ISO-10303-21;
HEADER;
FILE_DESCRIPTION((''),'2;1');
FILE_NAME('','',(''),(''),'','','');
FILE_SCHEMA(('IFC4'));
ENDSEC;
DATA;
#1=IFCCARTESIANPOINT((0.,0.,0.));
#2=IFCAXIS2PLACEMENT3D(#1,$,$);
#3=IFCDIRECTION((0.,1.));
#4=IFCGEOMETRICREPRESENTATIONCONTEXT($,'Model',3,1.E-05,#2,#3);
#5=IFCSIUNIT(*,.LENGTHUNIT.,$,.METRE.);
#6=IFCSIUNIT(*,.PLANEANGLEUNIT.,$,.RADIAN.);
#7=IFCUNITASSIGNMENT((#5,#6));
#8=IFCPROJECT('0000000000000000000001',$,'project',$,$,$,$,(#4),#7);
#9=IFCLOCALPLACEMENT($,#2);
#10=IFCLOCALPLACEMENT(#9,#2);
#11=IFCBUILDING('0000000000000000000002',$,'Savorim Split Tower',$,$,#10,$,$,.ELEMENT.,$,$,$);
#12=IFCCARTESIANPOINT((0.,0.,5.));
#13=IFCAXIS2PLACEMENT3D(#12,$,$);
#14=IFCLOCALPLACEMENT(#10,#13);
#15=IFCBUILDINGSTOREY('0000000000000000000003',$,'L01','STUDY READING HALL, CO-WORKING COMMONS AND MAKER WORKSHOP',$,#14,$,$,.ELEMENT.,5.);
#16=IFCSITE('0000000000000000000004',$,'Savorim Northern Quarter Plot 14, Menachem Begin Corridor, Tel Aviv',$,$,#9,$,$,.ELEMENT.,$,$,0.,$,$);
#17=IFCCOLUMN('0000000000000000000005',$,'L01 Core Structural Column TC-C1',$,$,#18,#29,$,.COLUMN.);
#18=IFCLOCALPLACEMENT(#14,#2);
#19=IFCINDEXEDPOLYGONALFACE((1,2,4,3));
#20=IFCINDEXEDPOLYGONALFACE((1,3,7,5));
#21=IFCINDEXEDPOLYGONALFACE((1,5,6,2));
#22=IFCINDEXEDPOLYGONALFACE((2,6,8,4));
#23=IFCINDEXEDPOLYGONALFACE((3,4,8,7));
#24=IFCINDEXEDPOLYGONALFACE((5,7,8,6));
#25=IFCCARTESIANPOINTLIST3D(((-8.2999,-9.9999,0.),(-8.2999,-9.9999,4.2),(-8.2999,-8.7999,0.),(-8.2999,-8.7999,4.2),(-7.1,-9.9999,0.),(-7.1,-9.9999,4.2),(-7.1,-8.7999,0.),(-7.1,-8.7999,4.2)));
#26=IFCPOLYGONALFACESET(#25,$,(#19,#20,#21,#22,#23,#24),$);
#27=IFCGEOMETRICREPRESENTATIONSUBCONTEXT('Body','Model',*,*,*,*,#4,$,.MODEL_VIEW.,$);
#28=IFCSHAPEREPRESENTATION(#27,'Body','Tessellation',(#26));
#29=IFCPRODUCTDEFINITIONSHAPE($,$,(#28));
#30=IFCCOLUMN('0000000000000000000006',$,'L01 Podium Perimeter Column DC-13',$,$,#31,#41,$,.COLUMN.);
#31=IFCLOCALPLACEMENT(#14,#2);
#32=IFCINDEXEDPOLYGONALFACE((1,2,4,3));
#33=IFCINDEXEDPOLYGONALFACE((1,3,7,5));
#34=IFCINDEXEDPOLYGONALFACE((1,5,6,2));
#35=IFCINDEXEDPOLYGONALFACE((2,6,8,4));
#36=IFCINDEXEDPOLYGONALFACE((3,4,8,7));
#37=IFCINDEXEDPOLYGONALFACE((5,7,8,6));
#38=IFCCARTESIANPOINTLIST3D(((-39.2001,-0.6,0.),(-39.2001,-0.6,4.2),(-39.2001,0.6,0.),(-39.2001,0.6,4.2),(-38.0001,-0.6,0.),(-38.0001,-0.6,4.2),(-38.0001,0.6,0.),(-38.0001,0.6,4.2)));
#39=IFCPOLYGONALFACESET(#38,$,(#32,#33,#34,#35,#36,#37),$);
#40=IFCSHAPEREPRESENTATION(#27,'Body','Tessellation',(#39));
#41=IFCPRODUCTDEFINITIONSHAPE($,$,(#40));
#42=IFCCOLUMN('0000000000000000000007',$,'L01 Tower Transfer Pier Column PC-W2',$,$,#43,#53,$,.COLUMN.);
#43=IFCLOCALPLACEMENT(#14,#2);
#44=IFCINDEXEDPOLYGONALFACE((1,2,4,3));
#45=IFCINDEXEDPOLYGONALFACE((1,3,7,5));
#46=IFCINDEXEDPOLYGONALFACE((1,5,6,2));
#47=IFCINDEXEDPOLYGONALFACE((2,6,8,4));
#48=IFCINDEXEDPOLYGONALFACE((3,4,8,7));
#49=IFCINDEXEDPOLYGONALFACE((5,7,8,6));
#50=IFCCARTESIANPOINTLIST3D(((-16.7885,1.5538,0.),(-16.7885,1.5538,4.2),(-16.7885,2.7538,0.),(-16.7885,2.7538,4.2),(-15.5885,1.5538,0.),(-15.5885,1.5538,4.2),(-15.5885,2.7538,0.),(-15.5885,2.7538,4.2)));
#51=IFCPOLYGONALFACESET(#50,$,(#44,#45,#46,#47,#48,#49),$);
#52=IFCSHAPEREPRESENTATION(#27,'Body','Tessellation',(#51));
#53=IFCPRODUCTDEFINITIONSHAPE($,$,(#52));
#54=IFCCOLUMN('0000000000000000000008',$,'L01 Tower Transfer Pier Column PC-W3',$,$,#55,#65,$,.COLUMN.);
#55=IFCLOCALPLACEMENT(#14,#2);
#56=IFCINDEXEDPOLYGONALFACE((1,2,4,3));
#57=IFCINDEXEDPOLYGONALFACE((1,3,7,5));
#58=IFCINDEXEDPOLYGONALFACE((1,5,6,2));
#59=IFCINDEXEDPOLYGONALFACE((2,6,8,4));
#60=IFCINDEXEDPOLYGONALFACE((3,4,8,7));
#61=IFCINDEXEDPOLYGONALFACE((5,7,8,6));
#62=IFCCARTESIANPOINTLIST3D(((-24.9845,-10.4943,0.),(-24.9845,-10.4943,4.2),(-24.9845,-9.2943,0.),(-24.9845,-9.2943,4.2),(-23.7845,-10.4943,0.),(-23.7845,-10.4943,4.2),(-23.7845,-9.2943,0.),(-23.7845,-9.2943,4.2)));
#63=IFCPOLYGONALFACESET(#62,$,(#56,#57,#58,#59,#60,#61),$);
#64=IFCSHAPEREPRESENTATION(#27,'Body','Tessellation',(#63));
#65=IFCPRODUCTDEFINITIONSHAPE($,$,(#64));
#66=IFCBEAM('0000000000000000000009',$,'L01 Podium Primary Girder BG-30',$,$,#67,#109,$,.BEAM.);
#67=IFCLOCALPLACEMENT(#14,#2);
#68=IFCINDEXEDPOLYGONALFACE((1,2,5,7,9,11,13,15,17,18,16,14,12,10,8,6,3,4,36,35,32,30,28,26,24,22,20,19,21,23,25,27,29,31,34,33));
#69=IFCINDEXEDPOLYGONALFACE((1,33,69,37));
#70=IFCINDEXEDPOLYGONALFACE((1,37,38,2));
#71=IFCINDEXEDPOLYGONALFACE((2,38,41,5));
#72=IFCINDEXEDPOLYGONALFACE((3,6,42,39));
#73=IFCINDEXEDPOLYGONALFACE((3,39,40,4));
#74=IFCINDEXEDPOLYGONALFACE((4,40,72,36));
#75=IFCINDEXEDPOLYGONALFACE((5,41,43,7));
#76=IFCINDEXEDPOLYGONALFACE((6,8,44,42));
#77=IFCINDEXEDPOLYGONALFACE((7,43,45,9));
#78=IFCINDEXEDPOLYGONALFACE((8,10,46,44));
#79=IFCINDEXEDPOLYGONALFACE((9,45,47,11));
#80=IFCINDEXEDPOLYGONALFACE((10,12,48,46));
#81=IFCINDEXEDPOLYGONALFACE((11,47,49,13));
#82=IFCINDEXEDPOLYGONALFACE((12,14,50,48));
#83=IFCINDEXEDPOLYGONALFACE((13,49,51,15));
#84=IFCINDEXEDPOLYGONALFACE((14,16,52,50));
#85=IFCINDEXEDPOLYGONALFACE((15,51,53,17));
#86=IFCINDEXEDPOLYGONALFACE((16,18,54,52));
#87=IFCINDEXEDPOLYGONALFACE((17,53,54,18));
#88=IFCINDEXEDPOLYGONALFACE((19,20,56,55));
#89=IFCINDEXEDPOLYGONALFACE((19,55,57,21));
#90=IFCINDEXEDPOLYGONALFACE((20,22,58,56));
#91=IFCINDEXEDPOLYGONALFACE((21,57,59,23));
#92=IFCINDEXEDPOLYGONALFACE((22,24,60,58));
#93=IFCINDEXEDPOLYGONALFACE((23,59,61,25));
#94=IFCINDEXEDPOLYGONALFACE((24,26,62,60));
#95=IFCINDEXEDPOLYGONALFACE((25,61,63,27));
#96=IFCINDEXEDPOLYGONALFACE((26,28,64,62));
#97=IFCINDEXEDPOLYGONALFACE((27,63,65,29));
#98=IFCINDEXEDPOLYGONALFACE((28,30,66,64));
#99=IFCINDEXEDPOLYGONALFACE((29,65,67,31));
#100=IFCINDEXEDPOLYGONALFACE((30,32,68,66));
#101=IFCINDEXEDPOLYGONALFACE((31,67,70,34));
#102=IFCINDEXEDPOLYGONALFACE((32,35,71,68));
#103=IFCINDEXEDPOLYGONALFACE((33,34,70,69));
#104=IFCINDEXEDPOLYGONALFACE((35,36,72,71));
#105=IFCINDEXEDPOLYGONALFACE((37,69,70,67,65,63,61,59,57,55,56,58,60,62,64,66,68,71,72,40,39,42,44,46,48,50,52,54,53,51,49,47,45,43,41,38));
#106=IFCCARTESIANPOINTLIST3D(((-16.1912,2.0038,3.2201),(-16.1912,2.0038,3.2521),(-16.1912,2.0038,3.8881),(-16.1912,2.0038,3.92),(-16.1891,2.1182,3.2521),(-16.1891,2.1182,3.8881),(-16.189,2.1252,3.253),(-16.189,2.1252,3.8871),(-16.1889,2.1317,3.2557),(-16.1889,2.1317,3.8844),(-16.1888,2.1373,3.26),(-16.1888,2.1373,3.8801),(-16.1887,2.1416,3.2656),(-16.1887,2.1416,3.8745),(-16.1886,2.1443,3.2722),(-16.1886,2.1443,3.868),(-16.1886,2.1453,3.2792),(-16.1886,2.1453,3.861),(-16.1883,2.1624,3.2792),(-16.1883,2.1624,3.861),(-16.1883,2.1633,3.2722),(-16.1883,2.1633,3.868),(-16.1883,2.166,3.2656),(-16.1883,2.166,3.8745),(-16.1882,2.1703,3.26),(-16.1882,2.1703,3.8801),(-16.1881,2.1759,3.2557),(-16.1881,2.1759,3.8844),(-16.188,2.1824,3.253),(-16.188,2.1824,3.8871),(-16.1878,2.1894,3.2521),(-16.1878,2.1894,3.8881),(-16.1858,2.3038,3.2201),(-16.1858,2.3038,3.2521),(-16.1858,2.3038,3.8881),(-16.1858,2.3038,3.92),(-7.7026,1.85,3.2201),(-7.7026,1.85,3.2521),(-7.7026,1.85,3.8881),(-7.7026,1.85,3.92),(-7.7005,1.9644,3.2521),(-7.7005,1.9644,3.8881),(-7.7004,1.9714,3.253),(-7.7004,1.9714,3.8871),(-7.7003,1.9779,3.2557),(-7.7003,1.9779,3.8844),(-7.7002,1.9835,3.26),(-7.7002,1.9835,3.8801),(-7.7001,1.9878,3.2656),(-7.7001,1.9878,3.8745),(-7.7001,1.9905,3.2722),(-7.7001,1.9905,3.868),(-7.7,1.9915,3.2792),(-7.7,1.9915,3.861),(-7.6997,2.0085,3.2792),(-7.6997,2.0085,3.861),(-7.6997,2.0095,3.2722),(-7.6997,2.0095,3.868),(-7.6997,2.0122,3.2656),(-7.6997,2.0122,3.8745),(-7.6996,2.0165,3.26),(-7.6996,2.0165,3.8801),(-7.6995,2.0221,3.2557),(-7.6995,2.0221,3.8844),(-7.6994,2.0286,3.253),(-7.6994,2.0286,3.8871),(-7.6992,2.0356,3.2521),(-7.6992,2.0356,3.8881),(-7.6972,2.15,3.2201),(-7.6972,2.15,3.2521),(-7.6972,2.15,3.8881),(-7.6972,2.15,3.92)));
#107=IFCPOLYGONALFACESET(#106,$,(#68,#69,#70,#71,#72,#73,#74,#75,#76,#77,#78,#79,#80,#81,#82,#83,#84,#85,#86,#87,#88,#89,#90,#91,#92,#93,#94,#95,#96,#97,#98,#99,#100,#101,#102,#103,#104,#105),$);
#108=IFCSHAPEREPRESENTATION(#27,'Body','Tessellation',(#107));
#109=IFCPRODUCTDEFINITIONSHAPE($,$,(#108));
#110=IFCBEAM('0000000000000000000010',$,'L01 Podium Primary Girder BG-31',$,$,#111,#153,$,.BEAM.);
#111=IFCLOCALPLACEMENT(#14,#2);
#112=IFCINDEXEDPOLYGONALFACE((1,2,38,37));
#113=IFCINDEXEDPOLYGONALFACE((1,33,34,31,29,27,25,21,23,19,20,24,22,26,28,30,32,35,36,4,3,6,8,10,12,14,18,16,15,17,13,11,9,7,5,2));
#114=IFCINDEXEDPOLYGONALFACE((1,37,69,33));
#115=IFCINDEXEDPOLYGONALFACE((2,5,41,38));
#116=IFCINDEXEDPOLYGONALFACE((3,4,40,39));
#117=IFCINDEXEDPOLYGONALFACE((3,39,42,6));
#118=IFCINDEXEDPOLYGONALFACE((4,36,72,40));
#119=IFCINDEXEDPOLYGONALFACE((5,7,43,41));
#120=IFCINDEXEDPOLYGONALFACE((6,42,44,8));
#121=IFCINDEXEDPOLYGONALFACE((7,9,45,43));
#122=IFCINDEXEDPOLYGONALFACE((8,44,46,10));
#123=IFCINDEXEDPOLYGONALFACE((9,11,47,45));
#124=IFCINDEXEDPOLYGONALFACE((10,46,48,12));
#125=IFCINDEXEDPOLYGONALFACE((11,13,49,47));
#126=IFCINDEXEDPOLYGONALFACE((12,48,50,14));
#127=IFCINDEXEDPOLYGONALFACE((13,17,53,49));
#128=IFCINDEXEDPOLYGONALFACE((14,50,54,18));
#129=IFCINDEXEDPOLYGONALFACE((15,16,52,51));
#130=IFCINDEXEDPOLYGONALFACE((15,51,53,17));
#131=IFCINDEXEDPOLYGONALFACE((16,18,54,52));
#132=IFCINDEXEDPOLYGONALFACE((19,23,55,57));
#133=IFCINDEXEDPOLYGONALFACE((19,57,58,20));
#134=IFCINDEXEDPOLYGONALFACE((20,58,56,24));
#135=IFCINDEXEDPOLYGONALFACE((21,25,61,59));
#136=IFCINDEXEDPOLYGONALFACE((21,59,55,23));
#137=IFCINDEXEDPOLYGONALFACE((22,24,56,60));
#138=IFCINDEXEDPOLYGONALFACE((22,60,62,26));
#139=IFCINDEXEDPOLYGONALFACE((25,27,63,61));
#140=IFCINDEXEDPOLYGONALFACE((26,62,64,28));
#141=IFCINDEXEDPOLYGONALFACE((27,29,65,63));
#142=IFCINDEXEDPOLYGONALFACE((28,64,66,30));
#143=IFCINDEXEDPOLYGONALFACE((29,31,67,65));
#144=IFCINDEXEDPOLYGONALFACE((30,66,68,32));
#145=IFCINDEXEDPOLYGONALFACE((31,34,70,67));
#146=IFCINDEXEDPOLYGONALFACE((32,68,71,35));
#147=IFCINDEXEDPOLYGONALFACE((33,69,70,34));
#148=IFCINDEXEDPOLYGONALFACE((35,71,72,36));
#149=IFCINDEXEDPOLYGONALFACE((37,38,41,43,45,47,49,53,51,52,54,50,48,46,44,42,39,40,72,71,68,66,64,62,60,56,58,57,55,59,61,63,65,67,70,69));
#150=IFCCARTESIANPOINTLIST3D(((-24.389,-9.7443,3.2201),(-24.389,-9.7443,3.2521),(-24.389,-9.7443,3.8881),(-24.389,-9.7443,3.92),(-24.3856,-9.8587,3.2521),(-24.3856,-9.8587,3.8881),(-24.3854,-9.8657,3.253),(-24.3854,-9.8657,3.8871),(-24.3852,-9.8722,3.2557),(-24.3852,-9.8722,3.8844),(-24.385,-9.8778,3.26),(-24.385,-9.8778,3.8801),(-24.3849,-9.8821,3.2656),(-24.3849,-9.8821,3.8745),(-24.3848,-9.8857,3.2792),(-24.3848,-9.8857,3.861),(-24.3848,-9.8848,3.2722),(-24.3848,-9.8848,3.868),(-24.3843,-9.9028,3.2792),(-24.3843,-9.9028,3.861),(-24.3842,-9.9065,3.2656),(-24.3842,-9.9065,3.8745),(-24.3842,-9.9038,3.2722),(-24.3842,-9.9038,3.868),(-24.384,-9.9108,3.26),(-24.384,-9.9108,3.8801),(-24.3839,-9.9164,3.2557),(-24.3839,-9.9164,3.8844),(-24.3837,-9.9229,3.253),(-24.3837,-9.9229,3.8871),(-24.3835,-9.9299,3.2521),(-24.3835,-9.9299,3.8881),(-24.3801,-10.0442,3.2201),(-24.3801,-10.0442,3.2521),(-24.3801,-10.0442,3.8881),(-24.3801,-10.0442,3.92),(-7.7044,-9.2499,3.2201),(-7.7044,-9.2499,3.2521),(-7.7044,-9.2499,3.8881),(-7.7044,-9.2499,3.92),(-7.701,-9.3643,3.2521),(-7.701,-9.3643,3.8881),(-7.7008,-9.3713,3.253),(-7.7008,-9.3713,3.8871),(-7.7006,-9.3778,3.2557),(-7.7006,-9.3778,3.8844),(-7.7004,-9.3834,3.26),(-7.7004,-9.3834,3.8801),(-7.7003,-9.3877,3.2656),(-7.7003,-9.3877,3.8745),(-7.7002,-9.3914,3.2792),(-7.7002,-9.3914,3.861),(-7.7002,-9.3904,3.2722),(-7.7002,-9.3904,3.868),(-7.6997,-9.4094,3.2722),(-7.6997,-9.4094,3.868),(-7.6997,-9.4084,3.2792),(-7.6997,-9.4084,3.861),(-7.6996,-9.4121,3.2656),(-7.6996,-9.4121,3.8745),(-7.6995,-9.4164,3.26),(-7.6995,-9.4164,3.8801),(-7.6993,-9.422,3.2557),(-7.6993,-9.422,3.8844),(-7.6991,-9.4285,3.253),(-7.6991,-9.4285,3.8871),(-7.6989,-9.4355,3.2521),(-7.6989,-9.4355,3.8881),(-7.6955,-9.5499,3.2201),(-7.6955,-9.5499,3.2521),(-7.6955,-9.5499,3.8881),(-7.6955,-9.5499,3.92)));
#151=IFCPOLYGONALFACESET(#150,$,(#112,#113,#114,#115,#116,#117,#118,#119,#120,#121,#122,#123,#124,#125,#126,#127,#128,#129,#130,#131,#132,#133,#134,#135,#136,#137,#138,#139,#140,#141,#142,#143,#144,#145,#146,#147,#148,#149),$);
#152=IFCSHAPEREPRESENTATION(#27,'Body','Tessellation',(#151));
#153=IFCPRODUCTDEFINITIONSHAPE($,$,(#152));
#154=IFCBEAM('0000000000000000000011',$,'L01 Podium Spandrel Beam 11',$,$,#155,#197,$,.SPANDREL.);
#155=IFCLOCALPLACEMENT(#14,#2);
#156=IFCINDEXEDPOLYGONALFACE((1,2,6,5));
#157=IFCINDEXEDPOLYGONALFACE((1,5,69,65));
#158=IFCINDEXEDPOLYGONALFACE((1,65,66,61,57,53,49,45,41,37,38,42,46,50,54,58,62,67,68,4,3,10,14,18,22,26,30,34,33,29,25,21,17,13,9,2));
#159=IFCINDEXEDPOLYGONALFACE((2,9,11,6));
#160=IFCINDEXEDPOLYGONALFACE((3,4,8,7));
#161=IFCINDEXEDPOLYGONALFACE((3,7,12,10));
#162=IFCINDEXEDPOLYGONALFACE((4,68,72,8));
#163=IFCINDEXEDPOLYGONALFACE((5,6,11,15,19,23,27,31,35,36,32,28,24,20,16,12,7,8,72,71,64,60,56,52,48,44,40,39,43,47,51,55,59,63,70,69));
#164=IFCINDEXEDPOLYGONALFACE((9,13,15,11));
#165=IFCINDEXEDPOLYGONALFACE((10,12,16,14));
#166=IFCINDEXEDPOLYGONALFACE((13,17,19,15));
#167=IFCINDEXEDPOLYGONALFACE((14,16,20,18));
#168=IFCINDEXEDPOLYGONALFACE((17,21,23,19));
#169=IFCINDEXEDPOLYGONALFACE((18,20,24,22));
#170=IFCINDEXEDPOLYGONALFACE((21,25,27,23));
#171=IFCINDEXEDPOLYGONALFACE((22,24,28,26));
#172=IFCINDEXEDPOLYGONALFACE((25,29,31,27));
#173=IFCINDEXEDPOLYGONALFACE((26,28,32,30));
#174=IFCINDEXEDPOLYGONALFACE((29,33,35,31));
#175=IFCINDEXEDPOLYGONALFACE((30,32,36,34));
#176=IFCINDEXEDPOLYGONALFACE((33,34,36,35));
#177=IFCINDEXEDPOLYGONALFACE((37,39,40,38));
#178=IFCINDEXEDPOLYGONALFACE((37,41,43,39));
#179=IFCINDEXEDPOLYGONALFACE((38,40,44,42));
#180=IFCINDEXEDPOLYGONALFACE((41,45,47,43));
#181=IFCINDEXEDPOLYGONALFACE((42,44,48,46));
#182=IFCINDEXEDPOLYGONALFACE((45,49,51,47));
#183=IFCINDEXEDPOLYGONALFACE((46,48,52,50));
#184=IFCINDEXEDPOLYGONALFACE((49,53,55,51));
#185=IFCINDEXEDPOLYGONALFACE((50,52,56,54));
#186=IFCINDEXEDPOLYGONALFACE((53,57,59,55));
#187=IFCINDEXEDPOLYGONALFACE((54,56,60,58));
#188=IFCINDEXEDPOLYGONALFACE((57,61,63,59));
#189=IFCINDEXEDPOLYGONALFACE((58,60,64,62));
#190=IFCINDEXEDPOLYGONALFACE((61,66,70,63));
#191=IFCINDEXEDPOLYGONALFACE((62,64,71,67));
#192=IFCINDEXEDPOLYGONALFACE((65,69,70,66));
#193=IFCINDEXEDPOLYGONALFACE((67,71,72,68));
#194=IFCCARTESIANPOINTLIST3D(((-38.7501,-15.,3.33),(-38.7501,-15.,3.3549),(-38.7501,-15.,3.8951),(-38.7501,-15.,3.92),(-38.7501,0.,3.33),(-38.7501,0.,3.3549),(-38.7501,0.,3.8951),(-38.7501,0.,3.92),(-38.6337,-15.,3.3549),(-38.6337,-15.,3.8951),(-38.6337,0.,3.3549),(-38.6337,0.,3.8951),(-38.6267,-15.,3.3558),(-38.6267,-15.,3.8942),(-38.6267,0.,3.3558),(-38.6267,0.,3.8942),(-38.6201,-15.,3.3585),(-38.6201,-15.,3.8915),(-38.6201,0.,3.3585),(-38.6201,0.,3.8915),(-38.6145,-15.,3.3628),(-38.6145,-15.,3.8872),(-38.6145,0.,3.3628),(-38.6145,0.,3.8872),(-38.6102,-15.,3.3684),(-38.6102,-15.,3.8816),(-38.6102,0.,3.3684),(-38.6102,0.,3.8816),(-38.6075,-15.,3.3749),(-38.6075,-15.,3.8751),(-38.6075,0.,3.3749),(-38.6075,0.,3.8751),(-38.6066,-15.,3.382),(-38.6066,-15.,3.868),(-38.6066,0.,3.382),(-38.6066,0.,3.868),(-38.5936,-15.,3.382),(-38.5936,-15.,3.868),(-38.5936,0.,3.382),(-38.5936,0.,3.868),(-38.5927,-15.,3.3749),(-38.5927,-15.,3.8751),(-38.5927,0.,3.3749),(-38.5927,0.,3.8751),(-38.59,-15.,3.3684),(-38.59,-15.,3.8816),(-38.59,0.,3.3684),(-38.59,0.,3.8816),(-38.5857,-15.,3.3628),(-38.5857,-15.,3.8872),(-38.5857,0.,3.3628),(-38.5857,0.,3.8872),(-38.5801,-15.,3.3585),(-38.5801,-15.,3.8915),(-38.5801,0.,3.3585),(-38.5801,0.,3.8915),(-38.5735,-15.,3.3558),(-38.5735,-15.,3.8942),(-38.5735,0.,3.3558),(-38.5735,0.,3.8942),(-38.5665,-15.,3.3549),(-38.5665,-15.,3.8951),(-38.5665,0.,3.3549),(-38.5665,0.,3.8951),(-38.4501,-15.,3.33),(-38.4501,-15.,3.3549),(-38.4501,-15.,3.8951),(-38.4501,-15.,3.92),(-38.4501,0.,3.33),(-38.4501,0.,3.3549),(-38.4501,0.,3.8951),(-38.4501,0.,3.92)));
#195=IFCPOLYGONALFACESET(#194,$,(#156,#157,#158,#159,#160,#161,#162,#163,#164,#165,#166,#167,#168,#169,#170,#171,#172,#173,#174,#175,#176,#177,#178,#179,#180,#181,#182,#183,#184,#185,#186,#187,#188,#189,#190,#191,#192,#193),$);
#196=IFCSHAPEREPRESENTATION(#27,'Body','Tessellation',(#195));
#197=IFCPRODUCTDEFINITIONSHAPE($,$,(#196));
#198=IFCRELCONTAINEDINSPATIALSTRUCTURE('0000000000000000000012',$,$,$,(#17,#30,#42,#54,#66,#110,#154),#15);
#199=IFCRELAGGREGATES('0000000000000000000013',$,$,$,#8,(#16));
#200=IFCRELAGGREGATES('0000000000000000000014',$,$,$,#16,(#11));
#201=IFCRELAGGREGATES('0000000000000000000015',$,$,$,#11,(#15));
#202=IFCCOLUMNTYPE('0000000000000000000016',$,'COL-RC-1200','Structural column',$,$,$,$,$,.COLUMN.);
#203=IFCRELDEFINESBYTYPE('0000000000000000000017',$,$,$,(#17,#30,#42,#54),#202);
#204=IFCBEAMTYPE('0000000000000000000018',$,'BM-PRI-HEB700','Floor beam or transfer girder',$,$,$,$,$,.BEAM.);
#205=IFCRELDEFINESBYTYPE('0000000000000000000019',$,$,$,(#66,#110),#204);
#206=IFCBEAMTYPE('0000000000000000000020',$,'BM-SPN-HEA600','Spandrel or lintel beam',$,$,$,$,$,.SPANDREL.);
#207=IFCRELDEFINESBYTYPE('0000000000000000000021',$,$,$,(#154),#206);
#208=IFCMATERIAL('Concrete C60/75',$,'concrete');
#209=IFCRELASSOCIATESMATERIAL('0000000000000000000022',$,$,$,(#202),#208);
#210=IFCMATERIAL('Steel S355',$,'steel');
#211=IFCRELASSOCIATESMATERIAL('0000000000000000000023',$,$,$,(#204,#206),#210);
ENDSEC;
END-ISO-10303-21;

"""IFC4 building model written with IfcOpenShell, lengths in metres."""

from ifc_helpers import new_model, si_unit, direction, frame, origin, origin_2d, place, context, subcontext, project, spatial, rectangle, i_section, extrude, material, material_profile, profile_set, type_object, element, save


model = new_model("IFC4")

# Units and contexts
model_context = context("Model", 3, precision=1e-05, world=origin(), true_north=direction((0.0, 1.0)))
body_context = subcontext(model_context, "Body", "Model", "MODEL_VIEW")
ifc_project = project(units=[si_unit("LENGTHUNIT", "METRE"), si_unit("PLANEANGLEUNIT", "RADIAN")], contexts=[model_context])

# Site, building, storey
site_placement = place(None, origin())
site = spatial("IfcSite", under=ifc_project, at=site_placement, Name="Savorim Northern Quarter Plot 14, Menachem Begin Corridor, Tel Aviv", CompositionType="ELEMENT", RefElevation=0.0)
building_placement = place(site_placement, origin())
building = spatial("IfcBuilding", under=site, at=building_placement, Name="Savorim Split Tower", CompositionType="ELEMENT")
storey_placement = place(building_placement, frame((0.0, 0.0, 5.0)))
storey = spatial("IfcBuildingStorey", under=building, at=storey_placement, Name="L01", Description="STUDY READING HALL, CO-WORKING COMMONS AND MAKER WORKSHOP", CompositionType="ELEMENT", Elevation=5.0)

# Columns
ifc_material_1 = material(Name="Concrete C60/75", Category="concrete")
ifc_material_profile_1 = material_profile(ifc_material_1, rectangle(XDim=1.2, YDim=1.2, at=origin_2d()), Name="RC 1200x1200")
ifc_profile_set_1 = profile_set([ifc_material_profile_1], Name="Concrete C60/75")
column_type = type_object("IfcColumnType", Name="COL-RC-1200", Description="Structural column", PredefinedType="COLUMN", material=ifc_profile_set_1)
for number, where, z_axis, x_axis, name in (
    (1, (-7.7, -9.3999, 0.0), (0.0, 0.0, 1.0), (1.0, 0.0, 0.0), "L01 Core Structural Column TC-C1"),
    (2, (-38.6001, 0.0, 0.0), (0.0, 0.0, 1.0), (1.0, 0.0, 0.0), "L01 Podium Perimeter Column DC-13"),
    (3, (-16.1885, 2.1538, 0.0), (0.0, 0.0, 1.0), (1.0, 0.0, 0.0), "L01 Tower Transfer Pier Column PC-W2"),
    (4, (-24.3845, -9.8943, 0.0), (0.0, 0.0, 1.0), (1.0, 0.0, 0.0), "L01 Tower Transfer Pier Column PC-W3"),
):
    element("IfcColumn", number, at=place(storey_placement, frame(where, z_axis=z_axis, x_axis=x_axis)), inside=storey, type_object=column_type, Name=name, PredefinedType="COLUMN", context=body_context, shape_type="SweptSolid", body=[
        extrude(rectangle(XDim=1.2, YDim=1.2, at=origin_2d()), origin(), (0.0, 0.0, 1.0), 4.2),
    ])

# Beams
ifc_material_2 = material(Name="Steel S355", Category="steel")
ifc_material_profile_2 = material_profile(ifc_material_2, i_section(OverallWidth=0.3, OverallDepth=0.7, WebThickness=0.0171, FlangeThickness=0.032, FilletRadius=0.0271, at=origin_2d()), Name="HEB 700")
ifc_profile_set_2 = profile_set([ifc_material_profile_2], Name="Steel S355")
beam_type_1 = type_object("IfcBeamType", Name="BM-PRI-HEB700", Description="Floor beam or transfer girder", PredefinedType="BEAM", material=ifc_profile_set_2)
beam_1_placement = place(storey_placement, frame((-16.1885, 2.1538, 3.5701), z_axis=(0.999836, -0.018117, 0.0), x_axis=(0.018117, 0.999836, 0.0)))
element("IfcBeam", 5, at=beam_1_placement, inside=storey, type_object=beam_type_1, Name="L01 Podium Primary Girder BG-30", PredefinedType="BEAM", context=body_context, shape_type="SweptSolid", body=[
    extrude(i_section(OverallWidth=0.3, OverallDepth=0.7, WebThickness=0.0171, FlangeThickness=0.032, FilletRadius=0.0271, at=origin_2d()), origin(), (0.0, 0.0, 1.0), 8.49),
])
beam_2_placement = place(storey_placement, frame((-24.3845, -9.8943, 3.5701), z_axis=(0.999561, 0.029618, 0.0), x_axis=(-0.029618, 0.999561, 0.0)))
element("IfcBeam", 6, at=beam_2_placement, inside=storey, type_object=beam_type_1, Name="L01 Podium Primary Girder BG-31", PredefinedType="BEAM", context=body_context, shape_type="SweptSolid", body=[
    extrude(i_section(OverallWidth=0.3, OverallDepth=0.7, WebThickness=0.0171, FlangeThickness=0.032, FilletRadius=0.0271, at=origin_2d()), origin(), (0.0, 0.0, 1.0), 16.6919),
])
ifc_material_profile_3 = material_profile(ifc_material_2, i_section(OverallWidth=0.3, OverallDepth=0.5901, WebThickness=0.0129, FlangeThickness=0.0249, FilletRadius=0.0271, at=origin_2d()), Name="HEA 600")
ifc_profile_set_3 = profile_set([ifc_material_profile_3], Name="Steel S355")
beam_type_2 = type_object("IfcBeamType", Name="BM-SPN-HEA600", Description="Spandrel or lintel beam", PredefinedType="SPANDREL", material=ifc_profile_set_3)
beam_3_placement = place(storey_placement, frame((-38.6001, 0.0, 3.625), z_axis=(0.0, -1.0, 0.0), x_axis=(1.0, 0.0, 0.0)))
element("IfcBeam", 7, at=beam_3_placement, inside=storey, type_object=beam_type_2, Name="L01 Podium Spandrel Beam 11", PredefinedType="SPANDREL", context=body_context, shape_type="SweptSolid", body=[
    extrude(i_section(OverallWidth=0.3, OverallDepth=0.5901, WebThickness=0.0129, FlangeThickness=0.0249, FilletRadius=0.0271, at=origin_2d()), origin(), (0.0, 0.0, 1.0), 15.0),
])

save(model, "model.ifc")
